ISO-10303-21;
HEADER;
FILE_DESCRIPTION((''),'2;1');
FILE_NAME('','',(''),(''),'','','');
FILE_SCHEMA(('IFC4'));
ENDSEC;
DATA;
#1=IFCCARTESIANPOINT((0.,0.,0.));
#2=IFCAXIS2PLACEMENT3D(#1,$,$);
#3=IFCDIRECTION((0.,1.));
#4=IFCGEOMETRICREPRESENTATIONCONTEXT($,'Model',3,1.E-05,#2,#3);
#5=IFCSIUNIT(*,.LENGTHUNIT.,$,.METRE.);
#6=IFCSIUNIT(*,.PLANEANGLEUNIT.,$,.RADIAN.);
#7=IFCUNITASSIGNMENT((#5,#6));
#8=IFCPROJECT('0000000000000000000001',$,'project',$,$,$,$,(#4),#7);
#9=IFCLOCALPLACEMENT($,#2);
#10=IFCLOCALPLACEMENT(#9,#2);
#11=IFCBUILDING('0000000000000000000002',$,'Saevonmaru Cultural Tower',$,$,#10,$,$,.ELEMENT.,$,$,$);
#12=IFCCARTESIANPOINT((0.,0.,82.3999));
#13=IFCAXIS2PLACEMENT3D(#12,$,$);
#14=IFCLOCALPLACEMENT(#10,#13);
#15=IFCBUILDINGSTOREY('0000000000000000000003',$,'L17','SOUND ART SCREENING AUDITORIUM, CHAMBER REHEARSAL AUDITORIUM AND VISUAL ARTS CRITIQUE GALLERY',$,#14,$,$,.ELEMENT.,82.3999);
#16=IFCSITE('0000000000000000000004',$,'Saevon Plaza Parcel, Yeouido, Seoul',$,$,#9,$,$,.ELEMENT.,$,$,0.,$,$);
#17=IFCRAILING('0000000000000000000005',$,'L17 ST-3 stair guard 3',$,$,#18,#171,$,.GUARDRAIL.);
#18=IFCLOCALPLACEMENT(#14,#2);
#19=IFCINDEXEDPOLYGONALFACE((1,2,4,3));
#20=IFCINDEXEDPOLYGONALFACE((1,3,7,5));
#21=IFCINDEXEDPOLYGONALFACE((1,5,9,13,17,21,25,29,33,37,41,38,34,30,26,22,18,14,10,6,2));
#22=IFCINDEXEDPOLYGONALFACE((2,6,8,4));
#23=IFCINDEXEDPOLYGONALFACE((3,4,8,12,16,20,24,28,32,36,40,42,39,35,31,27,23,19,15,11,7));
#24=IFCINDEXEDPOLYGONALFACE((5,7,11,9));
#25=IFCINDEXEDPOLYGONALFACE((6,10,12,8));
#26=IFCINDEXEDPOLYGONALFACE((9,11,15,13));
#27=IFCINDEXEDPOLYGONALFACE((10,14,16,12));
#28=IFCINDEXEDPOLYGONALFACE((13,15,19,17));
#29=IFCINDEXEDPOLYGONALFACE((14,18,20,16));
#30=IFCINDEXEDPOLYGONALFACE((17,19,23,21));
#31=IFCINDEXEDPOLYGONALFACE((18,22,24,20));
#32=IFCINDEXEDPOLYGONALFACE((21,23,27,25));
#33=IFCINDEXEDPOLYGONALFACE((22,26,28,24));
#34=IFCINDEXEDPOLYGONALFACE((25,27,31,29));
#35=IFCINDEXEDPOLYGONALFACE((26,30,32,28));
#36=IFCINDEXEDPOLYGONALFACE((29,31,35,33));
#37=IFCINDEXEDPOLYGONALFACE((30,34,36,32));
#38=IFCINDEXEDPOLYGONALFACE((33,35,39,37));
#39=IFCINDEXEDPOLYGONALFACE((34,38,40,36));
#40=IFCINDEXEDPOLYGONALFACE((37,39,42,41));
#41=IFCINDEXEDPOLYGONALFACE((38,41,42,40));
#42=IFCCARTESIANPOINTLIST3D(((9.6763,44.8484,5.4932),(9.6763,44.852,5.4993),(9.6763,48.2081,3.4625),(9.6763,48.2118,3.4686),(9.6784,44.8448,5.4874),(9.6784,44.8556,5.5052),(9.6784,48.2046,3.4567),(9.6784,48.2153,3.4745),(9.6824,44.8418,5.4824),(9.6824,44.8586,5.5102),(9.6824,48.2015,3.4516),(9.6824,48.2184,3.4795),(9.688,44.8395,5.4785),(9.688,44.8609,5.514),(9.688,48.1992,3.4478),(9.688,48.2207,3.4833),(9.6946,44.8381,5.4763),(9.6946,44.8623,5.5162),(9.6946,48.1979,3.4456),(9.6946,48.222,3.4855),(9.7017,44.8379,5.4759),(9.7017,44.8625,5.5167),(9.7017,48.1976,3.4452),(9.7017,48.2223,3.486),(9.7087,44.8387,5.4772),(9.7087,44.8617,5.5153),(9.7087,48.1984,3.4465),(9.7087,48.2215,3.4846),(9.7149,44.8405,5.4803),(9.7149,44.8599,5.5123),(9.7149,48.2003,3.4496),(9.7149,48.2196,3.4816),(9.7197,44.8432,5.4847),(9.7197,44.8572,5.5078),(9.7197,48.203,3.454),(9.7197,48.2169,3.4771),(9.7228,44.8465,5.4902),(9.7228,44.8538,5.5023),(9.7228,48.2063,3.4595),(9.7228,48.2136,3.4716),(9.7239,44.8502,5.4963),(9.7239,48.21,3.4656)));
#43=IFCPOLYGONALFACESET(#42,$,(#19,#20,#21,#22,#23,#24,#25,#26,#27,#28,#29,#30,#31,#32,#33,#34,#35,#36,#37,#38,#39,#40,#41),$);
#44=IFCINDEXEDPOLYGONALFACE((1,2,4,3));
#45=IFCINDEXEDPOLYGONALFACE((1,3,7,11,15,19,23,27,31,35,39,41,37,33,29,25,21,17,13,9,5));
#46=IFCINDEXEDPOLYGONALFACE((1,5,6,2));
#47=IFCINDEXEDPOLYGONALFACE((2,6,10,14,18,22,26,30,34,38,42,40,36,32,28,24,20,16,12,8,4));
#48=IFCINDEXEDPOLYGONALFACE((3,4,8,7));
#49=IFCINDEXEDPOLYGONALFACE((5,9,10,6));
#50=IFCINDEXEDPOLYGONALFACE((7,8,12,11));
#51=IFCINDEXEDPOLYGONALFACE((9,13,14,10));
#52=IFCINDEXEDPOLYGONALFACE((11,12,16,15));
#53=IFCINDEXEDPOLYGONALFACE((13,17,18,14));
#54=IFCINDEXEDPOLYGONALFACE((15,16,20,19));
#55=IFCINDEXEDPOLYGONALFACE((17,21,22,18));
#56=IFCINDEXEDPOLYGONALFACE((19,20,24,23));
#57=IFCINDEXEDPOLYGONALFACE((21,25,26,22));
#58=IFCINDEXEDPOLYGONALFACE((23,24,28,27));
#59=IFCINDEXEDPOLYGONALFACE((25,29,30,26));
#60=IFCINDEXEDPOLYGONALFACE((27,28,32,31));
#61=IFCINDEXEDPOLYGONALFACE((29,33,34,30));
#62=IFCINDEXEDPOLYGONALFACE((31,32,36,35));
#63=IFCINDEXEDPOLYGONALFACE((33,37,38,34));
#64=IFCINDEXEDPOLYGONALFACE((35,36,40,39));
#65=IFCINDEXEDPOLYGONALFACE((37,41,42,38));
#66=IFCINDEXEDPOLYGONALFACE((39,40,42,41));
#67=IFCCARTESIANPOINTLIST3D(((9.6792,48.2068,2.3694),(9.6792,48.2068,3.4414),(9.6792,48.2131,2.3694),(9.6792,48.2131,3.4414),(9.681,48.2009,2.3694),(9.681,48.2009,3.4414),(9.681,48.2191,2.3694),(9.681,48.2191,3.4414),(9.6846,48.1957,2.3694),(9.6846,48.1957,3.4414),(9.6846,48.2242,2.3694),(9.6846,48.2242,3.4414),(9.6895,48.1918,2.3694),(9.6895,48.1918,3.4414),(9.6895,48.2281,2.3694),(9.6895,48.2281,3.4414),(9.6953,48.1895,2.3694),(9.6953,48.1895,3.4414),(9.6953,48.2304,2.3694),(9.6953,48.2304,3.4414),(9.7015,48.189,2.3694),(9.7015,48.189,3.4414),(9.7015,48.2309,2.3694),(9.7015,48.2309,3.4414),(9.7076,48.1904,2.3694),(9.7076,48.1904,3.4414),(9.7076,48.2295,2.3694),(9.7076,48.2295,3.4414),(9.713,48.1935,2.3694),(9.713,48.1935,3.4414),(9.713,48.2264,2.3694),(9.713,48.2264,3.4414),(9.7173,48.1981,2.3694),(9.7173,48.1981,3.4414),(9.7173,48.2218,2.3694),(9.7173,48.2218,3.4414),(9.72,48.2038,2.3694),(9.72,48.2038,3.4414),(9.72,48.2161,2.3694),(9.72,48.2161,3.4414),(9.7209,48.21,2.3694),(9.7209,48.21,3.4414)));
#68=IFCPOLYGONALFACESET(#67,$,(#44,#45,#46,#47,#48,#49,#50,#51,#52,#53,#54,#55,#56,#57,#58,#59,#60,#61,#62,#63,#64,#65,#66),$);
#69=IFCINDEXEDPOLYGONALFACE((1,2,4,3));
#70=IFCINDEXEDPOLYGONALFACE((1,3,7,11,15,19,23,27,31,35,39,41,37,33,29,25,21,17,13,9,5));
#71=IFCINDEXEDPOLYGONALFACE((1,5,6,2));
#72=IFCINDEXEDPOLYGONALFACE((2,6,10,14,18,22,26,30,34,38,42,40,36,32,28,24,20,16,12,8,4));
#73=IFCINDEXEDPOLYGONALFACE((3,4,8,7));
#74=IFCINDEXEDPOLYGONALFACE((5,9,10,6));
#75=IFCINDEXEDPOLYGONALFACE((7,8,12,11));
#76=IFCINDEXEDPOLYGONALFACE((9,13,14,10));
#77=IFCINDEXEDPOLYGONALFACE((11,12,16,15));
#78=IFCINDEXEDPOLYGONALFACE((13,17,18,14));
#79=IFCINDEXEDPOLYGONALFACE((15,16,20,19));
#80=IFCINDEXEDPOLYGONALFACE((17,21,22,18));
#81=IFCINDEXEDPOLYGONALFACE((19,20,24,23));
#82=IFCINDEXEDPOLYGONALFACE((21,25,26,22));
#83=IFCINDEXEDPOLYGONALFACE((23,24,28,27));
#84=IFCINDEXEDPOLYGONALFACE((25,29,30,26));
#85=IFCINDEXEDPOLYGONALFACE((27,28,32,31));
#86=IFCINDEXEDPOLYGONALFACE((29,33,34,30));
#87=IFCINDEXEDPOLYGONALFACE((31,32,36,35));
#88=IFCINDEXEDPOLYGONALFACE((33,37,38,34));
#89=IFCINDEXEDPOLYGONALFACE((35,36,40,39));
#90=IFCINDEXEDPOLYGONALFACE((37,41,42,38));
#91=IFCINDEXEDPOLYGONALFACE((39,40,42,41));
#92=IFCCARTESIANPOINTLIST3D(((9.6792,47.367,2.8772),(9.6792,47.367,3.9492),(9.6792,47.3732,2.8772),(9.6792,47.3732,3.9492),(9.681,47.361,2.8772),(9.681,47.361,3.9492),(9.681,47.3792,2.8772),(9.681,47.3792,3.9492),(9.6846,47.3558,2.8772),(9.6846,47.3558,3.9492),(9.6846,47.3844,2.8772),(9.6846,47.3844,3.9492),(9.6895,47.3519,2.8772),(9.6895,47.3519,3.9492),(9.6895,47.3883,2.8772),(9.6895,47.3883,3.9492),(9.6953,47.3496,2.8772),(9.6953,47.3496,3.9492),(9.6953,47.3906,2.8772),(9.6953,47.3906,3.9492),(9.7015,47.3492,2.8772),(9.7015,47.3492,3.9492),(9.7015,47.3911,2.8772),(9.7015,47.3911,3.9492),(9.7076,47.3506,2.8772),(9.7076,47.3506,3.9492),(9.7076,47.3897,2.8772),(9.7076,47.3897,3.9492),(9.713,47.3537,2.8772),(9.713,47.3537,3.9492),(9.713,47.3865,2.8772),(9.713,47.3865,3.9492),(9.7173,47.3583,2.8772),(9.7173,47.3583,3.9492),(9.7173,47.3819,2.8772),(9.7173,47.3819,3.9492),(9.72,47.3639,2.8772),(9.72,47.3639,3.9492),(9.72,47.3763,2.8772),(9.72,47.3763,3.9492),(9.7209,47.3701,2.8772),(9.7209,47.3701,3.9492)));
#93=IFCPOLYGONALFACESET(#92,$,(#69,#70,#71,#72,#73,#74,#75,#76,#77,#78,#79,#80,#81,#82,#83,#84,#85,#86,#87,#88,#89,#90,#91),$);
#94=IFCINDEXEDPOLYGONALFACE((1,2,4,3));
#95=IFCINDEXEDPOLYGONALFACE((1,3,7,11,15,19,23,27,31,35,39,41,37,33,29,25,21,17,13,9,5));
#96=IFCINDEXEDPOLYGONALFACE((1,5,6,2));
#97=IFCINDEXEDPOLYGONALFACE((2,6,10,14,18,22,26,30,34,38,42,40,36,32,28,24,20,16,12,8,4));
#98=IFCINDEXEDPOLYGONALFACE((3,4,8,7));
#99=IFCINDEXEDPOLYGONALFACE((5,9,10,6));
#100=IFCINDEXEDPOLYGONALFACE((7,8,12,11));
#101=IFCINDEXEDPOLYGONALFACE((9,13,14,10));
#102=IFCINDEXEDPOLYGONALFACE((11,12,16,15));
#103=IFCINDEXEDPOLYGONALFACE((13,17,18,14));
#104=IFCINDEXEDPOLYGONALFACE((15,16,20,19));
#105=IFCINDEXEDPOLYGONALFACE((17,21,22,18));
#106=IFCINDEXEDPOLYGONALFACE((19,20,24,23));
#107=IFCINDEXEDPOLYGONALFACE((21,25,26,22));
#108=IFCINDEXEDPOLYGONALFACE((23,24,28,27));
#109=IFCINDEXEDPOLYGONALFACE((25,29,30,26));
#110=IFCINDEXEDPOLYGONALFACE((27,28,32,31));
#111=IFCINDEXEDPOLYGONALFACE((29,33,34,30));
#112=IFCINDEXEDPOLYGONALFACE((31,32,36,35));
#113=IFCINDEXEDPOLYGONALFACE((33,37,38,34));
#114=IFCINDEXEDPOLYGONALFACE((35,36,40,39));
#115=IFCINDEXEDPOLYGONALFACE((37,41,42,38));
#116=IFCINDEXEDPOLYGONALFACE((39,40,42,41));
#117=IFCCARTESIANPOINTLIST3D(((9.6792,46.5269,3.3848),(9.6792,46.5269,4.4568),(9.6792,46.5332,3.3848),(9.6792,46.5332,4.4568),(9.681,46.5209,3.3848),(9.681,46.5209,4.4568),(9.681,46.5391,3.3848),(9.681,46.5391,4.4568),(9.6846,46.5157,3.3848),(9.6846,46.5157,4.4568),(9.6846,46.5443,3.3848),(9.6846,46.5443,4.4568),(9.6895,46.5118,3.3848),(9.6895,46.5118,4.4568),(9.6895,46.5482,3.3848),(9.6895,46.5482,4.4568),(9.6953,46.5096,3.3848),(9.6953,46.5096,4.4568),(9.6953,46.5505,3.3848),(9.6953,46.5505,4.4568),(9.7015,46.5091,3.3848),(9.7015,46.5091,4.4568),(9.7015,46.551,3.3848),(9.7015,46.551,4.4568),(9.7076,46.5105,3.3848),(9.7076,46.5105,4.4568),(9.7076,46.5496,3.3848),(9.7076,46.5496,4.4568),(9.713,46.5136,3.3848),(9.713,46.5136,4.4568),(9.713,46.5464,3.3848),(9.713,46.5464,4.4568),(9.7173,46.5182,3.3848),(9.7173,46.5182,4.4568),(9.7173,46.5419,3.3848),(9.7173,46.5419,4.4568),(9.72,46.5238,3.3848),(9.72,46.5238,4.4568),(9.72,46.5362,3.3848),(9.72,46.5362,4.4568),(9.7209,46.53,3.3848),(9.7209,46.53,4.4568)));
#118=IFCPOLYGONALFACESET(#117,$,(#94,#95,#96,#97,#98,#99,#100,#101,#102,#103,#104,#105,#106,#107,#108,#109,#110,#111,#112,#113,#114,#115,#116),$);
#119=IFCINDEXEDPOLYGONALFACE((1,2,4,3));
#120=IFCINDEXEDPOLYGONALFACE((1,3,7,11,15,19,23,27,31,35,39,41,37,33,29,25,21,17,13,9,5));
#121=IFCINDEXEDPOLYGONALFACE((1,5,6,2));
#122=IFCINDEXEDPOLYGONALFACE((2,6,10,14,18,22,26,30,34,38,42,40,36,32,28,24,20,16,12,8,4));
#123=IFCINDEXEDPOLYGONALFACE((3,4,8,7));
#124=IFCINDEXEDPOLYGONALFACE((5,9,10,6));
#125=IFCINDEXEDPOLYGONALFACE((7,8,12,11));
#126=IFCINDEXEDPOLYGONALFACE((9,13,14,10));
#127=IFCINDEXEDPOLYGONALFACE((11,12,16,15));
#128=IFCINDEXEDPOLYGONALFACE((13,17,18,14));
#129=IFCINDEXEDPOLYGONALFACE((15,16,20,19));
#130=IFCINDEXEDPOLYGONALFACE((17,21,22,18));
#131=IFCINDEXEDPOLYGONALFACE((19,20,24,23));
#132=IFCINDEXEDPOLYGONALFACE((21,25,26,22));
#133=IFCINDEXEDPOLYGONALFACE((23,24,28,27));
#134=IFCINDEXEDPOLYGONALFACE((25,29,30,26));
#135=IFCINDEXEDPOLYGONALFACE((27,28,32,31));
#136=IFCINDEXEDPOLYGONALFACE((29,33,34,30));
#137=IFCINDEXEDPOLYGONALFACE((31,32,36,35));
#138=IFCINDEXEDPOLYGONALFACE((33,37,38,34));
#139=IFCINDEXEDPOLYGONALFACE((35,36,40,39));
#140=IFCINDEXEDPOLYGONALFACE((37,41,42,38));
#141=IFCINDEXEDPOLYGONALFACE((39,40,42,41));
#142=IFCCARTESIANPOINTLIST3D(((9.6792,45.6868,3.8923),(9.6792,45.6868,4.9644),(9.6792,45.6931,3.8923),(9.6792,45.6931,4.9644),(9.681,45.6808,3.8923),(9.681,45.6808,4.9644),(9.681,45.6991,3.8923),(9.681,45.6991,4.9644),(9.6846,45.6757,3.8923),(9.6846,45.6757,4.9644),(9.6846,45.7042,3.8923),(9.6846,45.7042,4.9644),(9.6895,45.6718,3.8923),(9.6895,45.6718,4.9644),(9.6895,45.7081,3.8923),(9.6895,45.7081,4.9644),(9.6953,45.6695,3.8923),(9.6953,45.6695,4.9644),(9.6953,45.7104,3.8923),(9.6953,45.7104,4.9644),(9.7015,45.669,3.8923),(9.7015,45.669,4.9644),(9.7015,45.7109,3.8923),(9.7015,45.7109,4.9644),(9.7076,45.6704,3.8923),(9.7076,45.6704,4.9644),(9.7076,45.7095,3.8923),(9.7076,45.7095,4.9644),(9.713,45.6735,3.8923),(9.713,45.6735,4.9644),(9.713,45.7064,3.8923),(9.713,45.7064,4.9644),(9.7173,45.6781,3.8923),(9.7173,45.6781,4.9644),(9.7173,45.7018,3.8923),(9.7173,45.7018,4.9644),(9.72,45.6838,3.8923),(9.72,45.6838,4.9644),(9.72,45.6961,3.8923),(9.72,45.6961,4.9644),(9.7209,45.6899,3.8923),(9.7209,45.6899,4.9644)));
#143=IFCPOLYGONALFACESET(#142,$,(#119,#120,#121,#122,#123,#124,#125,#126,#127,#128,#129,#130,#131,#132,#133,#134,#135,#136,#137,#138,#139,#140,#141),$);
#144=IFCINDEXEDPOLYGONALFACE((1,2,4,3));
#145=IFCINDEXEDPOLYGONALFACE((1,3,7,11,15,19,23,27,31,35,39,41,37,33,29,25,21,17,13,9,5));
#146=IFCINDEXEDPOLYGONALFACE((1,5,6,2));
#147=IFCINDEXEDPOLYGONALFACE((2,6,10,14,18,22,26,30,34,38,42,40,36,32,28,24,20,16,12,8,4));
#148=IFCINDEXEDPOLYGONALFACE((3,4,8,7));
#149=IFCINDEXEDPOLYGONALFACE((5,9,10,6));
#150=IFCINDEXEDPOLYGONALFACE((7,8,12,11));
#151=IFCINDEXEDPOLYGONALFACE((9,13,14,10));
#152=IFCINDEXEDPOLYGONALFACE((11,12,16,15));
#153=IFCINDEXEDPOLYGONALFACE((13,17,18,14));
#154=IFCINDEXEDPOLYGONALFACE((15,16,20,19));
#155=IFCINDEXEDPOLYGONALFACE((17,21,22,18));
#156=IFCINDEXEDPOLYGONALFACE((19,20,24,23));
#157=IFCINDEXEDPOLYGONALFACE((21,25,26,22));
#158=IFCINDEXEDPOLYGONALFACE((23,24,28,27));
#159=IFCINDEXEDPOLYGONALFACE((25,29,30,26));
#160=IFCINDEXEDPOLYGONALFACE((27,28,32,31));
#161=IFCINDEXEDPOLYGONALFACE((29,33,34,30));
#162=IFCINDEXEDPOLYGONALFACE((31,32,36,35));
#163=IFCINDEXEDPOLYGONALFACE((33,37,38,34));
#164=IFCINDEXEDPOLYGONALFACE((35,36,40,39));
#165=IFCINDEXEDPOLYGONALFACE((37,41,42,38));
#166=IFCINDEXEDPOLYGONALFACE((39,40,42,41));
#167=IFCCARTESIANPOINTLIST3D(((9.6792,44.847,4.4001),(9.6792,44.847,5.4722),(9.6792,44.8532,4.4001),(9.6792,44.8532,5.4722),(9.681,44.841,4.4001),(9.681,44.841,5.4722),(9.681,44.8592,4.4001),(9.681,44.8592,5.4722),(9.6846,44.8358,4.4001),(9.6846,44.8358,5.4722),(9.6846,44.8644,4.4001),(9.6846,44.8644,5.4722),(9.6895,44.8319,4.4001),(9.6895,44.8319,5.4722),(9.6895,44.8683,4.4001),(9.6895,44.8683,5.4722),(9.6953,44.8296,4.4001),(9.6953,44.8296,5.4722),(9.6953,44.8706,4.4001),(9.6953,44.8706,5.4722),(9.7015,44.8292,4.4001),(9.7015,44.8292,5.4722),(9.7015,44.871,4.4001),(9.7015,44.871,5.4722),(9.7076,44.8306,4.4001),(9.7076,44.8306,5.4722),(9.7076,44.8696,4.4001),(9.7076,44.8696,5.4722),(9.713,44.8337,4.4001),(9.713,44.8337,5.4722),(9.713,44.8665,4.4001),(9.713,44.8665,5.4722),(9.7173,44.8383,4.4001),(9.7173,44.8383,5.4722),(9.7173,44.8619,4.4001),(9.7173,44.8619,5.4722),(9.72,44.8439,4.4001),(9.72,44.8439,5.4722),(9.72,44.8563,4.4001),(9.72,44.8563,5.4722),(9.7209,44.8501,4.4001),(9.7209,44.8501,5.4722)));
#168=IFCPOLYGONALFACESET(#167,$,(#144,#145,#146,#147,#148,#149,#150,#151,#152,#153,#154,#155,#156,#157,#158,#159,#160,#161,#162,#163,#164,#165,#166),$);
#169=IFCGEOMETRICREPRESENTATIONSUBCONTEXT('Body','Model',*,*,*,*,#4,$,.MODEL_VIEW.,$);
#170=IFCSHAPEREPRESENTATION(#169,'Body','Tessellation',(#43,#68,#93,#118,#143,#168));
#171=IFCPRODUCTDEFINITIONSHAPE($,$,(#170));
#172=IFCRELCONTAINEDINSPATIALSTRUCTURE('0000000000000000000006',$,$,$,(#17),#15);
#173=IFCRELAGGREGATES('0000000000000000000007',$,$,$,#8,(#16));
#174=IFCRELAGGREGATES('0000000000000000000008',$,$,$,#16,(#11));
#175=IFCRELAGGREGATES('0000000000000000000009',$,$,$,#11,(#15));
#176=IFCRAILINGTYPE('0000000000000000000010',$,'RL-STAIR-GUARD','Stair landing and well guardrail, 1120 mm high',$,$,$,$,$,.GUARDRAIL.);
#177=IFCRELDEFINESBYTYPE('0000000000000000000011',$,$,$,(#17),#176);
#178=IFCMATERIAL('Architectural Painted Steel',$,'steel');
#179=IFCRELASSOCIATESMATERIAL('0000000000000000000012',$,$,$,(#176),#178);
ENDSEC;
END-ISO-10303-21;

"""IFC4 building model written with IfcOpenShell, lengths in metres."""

from ifc_helpers import new_model, si_unit, direction, frame, origin, origin_2d, place, context, subcontext, project, spatial, circle, extrude, material, type_object, element, save


model = new_model("IFC4")

# Units and contexts
model_context = context("Model", 3, precision=1e-05, world=origin(), true_north=direction((0.0, 1.0)))
body_context = subcontext(model_context, "Body", "Model", "MODEL_VIEW")
ifc_project = project(units=[si_unit("LENGTHUNIT", "METRE"), si_unit("PLANEANGLEUNIT", "RADIAN")], contexts=[model_context])

# Site, building, storey
site_placement = place(None, origin())
site = spatial("IfcSite", under=ifc_project, at=site_placement, Name="Saevon Plaza Parcel, Yeouido, Seoul", CompositionType="ELEMENT", RefElevation=0.0)
building_placement = place(site_placement, origin())
building = spatial("IfcBuilding", under=site, at=building_placement, Name="Saevonmaru Cultural Tower", CompositionType="ELEMENT")
storey_placement = place(building_placement, frame((0.0, 0.0, 82.3999)))
storey = spatial("IfcBuildingStorey", under=building, at=storey_placement, Name="L17", Description="SOUND ART SCREENING AUDITORIUM, CHAMBER REHEARSAL AUDITORIUM AND VISUAL ARTS CRITIQUE GALLERY", CompositionType="ELEMENT", Elevation=82.3999)

# Railing
ifc_material_1 = material(Name="Architectural Painted Steel", Category="steel")
railing_type_1 = type_object("IfcRailingType", Name="RL-STAIR-GUARD", Description="Stair landing and well guardrail, 1120 mm high", PredefinedType="GUARDRAIL", material=ifc_material_1)
railing_1_placement = place(storey_placement, frame((9.7, 48.21, 2.3694)))
element("IfcRailing", 1, at=railing_1_placement, inside=storey, type_object=railing_type_1, Name="L17 ST-3 stair guard 3", PredefinedType="GUARDRAIL", context=body_context, shape_type="SweptSolid", body=[
    extrude(circle(Radius=0.0239, at=origin_2d()), frame((0.0, 0.0, 1.0962), z_axis=(0.0, -0.85582, 0.517273), x_axis=(1.0, 0.0, 0.0)), (0.0, 0.0, 1.0), 3.9258),
    extrude(circle(Radius=0.021, at=origin_2d()), origin(), (0.0, 0.0, 1.0), 1.072),
    extrude(circle(Radius=0.021, at=origin_2d()), frame((0.0, -0.8398, 0.5078)), (0.0, 0.0, 1.0), 1.072),
    extrude(circle(Radius=0.021, at=origin_2d()), frame((0.0, -1.6799, 1.0154)), (0.0, 0.0, 1.0), 1.072),
    extrude(circle(Radius=0.021, at=origin_2d()), frame((0.0, -2.52, 1.5229)), (0.0, 0.0, 1.0), 1.072),
    extrude(circle(Radius=0.021, at=origin_2d()), frame((0.0, -3.3599, 2.0308)), (0.0, 0.0, 1.0), 1.072),
])

save(model, "model.ifc")
